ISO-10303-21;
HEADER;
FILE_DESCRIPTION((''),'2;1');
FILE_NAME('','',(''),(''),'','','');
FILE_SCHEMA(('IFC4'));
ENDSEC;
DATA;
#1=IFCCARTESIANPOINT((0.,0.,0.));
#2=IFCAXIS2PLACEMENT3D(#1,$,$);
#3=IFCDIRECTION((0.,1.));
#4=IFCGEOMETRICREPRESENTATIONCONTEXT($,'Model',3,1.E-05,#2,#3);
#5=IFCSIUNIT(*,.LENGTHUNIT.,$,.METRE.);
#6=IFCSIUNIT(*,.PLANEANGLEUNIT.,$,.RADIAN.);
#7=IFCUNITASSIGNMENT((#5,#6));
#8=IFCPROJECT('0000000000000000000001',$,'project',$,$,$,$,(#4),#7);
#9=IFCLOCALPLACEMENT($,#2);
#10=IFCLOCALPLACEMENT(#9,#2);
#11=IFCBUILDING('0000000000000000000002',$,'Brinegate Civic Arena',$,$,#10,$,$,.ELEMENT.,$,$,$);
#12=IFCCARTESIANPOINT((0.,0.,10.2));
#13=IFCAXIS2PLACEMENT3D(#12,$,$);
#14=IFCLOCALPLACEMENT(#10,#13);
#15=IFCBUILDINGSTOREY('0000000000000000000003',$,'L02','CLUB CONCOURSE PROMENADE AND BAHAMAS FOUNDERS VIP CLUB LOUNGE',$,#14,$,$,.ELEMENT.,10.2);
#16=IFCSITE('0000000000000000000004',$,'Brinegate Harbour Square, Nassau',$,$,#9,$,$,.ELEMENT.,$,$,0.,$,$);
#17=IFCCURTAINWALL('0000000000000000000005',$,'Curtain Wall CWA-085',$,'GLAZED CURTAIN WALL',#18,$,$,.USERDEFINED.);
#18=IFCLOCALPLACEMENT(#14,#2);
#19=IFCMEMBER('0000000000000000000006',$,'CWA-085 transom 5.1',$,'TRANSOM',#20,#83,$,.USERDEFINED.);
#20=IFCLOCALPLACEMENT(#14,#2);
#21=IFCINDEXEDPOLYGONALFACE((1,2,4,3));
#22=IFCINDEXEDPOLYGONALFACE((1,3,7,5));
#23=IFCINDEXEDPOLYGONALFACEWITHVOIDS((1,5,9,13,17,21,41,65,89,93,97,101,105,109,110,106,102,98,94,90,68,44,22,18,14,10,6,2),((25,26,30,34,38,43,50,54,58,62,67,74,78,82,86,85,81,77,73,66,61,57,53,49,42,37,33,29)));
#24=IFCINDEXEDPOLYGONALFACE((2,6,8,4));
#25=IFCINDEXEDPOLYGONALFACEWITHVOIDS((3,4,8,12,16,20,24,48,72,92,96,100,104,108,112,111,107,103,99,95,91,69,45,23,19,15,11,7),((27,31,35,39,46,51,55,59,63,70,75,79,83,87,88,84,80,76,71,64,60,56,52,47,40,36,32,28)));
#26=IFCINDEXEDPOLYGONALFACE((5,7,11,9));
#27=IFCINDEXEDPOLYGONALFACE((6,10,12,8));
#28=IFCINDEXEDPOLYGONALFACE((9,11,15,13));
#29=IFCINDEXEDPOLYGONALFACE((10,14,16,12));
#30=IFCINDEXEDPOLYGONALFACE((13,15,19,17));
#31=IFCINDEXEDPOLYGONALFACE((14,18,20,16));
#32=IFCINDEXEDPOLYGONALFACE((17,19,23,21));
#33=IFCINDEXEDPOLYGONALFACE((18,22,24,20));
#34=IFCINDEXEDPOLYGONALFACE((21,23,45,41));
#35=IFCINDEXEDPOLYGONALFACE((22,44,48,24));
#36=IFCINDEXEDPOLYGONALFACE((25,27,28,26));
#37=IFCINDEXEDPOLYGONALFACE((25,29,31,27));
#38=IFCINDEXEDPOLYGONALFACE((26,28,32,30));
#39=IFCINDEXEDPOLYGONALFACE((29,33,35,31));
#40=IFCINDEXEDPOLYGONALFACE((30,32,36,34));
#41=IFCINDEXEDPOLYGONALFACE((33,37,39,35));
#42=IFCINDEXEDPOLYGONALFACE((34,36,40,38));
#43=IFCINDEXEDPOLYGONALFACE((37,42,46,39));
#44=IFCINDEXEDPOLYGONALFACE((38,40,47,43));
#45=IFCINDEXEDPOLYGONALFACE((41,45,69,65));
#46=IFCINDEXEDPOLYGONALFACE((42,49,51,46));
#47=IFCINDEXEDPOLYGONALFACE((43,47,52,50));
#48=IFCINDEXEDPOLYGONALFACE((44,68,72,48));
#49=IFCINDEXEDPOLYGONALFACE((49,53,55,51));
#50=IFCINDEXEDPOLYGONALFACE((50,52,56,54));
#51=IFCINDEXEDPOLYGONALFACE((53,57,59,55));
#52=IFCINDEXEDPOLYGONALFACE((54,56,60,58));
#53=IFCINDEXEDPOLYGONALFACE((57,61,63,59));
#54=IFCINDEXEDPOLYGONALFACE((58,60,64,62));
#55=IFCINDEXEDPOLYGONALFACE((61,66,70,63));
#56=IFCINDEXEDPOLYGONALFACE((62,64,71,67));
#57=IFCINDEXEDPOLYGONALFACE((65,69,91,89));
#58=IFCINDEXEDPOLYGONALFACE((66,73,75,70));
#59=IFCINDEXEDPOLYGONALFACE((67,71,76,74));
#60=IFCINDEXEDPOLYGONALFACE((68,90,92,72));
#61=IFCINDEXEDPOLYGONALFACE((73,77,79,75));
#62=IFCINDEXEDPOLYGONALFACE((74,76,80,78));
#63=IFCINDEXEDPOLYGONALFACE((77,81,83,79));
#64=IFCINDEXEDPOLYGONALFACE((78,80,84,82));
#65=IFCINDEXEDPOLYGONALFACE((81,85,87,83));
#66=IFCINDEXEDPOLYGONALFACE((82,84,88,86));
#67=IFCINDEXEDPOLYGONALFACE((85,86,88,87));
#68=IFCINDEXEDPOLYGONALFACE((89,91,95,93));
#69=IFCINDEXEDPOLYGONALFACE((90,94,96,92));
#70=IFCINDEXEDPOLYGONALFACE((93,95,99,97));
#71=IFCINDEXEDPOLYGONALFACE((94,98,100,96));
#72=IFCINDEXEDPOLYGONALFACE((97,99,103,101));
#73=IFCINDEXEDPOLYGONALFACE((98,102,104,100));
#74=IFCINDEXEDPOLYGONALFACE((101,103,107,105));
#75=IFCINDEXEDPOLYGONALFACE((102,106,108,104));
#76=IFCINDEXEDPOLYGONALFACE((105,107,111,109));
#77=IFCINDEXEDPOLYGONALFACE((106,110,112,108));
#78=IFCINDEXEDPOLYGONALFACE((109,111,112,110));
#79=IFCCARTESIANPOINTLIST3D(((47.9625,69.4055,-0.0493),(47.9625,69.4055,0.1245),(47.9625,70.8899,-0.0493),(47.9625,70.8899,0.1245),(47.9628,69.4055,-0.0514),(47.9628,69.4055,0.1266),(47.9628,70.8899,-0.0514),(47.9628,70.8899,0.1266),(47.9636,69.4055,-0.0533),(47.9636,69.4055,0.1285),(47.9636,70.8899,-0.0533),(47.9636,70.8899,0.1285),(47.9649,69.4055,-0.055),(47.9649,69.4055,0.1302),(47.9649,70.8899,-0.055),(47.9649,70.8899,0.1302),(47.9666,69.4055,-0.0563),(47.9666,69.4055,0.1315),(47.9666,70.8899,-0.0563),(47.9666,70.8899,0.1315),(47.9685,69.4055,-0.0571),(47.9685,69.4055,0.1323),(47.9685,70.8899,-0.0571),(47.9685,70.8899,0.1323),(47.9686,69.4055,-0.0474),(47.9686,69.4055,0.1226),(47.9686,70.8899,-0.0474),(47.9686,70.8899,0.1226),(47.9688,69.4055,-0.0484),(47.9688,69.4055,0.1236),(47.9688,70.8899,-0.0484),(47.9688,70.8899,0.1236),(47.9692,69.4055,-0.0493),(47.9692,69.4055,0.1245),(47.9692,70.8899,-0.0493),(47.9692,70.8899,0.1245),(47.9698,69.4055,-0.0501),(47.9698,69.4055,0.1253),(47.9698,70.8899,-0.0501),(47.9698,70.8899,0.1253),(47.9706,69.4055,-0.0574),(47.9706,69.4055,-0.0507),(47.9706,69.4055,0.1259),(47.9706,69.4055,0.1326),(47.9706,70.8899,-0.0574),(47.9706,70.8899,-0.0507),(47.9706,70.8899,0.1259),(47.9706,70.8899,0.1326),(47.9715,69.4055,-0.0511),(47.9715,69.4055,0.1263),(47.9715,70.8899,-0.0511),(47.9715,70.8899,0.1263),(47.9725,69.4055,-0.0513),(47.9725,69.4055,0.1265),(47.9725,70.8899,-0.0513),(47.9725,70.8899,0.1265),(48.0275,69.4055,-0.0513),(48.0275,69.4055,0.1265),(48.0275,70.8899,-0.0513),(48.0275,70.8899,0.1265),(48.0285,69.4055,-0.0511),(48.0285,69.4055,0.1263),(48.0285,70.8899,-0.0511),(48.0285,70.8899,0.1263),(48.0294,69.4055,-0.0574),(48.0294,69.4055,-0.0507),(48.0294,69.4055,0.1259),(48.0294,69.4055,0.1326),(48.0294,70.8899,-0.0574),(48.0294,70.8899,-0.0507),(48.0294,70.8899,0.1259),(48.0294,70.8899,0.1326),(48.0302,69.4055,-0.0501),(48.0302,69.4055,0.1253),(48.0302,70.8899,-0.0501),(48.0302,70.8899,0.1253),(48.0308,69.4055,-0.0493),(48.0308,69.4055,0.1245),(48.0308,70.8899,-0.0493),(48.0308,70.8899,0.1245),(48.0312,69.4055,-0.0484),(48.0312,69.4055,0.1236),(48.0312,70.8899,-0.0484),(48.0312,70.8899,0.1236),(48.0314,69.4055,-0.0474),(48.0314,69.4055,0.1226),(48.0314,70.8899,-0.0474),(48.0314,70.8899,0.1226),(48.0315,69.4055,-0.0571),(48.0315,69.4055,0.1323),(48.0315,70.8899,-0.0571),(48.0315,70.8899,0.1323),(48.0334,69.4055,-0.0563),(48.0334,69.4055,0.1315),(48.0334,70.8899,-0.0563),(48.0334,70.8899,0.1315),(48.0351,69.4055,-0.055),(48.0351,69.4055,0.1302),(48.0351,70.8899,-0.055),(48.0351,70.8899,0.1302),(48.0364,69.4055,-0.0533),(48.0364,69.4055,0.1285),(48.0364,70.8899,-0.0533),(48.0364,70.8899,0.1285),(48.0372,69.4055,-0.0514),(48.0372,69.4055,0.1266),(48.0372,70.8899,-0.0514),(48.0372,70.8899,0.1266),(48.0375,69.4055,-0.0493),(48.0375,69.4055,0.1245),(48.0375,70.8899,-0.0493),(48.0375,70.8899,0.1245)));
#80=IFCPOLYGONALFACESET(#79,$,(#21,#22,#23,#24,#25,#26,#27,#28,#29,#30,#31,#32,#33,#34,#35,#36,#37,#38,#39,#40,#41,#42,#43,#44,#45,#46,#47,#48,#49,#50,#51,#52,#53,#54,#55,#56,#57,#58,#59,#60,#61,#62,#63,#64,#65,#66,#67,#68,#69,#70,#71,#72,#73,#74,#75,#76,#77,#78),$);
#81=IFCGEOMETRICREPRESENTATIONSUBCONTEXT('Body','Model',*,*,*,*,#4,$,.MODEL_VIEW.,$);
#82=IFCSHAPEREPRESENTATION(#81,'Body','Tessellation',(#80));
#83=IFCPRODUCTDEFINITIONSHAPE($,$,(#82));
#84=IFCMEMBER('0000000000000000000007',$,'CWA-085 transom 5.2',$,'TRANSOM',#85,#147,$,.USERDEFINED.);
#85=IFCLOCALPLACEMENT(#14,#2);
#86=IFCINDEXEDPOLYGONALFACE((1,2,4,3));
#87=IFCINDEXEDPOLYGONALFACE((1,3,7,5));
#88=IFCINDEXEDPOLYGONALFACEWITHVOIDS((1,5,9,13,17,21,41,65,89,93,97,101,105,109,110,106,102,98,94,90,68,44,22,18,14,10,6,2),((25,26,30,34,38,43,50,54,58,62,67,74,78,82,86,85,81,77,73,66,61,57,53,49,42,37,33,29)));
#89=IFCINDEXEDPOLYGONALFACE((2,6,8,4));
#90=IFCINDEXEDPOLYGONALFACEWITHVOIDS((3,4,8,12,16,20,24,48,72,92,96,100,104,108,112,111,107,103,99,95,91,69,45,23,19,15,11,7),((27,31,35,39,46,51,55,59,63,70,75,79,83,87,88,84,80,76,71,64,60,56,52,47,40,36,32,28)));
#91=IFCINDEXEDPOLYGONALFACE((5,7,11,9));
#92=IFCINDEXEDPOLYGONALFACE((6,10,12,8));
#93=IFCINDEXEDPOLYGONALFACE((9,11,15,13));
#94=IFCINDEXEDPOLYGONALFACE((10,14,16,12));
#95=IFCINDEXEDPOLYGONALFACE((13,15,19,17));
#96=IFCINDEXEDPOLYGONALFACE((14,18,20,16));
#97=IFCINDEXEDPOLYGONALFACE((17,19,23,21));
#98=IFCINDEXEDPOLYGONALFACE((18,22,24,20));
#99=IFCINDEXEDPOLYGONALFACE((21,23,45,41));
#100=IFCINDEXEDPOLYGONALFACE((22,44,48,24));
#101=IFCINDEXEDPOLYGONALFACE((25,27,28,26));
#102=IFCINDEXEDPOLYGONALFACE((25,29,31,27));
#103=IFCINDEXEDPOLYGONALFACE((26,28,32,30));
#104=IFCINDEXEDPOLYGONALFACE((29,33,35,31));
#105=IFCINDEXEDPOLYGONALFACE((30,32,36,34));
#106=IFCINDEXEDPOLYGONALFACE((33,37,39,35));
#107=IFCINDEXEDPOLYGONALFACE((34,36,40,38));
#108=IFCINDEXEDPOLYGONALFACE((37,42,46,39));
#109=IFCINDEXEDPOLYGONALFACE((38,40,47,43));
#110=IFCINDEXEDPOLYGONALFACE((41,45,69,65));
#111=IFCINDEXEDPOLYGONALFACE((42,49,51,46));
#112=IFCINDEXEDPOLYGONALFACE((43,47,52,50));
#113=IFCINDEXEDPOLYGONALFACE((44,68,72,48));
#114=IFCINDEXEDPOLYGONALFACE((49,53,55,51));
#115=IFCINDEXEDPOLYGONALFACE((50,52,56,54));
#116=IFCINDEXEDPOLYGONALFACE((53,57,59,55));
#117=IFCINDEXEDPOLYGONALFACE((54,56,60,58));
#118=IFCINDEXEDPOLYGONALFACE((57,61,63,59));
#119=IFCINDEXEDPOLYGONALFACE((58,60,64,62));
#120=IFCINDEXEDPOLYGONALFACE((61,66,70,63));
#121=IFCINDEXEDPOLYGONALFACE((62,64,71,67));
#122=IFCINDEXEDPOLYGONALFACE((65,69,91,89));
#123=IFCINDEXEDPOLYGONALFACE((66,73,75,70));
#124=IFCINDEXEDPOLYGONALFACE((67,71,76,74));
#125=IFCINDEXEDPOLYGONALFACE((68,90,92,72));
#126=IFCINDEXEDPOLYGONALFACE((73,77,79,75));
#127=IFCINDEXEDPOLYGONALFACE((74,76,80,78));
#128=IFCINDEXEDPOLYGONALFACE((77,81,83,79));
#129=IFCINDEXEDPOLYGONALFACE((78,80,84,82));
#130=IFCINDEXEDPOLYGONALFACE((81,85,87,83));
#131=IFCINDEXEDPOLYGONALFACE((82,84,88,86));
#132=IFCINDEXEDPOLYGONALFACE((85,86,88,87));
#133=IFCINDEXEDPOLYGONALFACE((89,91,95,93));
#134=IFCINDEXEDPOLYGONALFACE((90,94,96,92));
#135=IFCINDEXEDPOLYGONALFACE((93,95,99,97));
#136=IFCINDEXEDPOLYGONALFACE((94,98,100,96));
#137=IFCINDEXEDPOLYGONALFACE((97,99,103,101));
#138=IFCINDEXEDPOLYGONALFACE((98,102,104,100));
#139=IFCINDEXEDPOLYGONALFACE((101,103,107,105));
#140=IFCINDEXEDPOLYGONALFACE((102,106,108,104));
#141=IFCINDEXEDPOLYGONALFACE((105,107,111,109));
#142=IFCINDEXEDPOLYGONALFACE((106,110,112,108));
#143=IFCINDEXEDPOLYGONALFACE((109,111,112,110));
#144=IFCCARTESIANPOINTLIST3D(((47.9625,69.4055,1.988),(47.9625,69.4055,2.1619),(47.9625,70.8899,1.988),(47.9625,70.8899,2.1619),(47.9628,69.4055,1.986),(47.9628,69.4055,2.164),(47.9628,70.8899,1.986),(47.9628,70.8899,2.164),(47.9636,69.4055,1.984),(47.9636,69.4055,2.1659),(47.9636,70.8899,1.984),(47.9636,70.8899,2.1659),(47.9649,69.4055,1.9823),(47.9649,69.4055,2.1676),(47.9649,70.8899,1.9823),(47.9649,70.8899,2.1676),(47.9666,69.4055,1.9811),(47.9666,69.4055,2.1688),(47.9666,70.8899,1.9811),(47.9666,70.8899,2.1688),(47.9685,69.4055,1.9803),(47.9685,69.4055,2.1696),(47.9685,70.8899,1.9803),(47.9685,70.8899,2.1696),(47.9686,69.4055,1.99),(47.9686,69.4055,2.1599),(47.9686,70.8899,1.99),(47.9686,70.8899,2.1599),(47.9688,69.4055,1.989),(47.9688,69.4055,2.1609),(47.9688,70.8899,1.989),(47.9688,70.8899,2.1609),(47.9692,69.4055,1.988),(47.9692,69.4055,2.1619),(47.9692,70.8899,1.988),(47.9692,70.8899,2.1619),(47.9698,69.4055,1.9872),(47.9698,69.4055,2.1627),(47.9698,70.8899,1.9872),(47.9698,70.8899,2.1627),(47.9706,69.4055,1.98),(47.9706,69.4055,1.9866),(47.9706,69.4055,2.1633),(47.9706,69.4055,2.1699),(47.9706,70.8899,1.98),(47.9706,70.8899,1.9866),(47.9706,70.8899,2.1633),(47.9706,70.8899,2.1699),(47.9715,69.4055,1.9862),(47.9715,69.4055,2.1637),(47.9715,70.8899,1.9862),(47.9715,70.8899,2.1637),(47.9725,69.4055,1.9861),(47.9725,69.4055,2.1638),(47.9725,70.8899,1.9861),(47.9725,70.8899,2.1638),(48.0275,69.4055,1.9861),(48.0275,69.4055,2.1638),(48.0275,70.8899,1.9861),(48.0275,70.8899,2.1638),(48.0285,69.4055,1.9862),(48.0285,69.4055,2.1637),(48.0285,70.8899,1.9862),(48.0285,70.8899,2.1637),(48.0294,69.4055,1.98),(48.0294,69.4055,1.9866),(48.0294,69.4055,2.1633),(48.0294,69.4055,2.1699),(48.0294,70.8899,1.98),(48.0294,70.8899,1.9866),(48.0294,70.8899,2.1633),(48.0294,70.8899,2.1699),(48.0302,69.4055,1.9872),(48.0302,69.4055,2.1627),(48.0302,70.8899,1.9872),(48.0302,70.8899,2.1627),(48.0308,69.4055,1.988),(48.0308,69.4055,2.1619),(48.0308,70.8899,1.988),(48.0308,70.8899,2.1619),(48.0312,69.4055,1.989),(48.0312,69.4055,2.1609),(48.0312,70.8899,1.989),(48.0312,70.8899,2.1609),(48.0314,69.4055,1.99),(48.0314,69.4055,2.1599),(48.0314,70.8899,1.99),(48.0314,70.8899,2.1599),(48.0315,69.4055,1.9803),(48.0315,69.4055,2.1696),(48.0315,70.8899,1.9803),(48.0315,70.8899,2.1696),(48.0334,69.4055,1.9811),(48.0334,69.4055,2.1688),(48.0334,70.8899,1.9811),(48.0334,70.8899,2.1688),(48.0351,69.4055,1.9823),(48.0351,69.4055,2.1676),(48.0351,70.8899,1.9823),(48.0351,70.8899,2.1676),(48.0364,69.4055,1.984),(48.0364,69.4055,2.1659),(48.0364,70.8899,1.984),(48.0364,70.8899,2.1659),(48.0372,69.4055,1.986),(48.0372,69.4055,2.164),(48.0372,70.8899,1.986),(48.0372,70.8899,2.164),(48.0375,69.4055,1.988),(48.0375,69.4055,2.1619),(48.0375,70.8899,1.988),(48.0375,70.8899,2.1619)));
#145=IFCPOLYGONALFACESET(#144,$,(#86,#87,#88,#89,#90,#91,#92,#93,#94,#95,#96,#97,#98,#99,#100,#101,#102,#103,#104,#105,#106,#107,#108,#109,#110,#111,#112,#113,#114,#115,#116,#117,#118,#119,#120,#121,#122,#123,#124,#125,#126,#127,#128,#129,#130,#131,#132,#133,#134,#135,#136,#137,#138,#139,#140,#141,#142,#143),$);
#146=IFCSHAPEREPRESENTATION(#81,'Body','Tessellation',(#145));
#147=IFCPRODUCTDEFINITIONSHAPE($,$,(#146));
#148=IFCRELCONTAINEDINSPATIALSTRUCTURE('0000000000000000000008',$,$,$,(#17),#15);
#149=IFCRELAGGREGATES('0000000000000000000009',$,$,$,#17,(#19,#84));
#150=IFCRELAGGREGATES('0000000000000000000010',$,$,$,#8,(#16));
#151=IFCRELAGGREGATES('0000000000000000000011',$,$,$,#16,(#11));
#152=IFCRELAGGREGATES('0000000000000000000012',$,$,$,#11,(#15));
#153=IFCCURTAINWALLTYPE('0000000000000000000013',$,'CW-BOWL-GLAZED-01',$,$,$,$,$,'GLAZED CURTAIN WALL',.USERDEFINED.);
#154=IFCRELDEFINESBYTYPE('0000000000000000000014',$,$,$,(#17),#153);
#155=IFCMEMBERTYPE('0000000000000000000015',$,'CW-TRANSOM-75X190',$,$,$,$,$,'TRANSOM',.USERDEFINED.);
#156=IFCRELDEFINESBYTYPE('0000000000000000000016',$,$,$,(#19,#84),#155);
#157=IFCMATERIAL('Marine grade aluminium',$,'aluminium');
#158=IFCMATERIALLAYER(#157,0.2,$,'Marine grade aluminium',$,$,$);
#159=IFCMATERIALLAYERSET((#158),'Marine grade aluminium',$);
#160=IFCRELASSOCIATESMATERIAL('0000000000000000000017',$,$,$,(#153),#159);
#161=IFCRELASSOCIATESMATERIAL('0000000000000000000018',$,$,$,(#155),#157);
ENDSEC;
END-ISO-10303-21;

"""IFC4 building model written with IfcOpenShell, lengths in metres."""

from ifc_helpers import new_model, si_unit, direction, frame, origin, origin_2d, place, context, subcontext, project, spatial, hollow_rectangle, extrude, material, layer, layer_set, material_profile, profile_set, type_object, element, aggregate, save


model = new_model("IFC4")

# Units and contexts
model_context = context("Model", 3, precision=1e-05, world=origin(), true_north=direction((0.0, 1.0)))
body_context = subcontext(model_context, "Body", "Model", "MODEL_VIEW")
ifc_project = project(units=[si_unit("LENGTHUNIT", "METRE"), si_unit("PLANEANGLEUNIT", "RADIAN")], contexts=[model_context])

# Site, building, storey
site_placement = place(None, origin())
site = spatial("IfcSite", under=ifc_project, at=site_placement, Name="Brinegate Harbour Square, Nassau", CompositionType="ELEMENT", RefElevation=0.0)
building_placement = place(site_placement, origin())
building = spatial("IfcBuilding", under=site, at=building_placement, Name="Brinegate Civic Arena", CompositionType="ELEMENT")
storey_placement = place(building_placement, frame((0.0, 0.0, 10.2)))
storey = spatial("IfcBuildingStorey", under=building, at=storey_placement, Name="L02", Description="CLUB CONCOURSE PROMENADE AND BAHAMAS FOUNDERS VIP CLUB LOUNGE", CompositionType="ELEMENT", Elevation=10.2)

# Curtain wall
ifc_material_1 = material(Name="Marine grade aluminium", Category="aluminium")
ifc_layer_1 = layer(ifc_material_1, 0.2, Name="Marine grade aluminium")
ifc_layer_set_1 = layer_set([ifc_layer_1], Name="Marine grade aluminium")
curtain_wall_type = type_object("IfcCurtainWallType", Name="CW-BOWL-GLAZED-01", ElementType="GLAZED CURTAIN WALL", PredefinedType="USERDEFINED", material=ifc_layer_set_1)
curtain_wall_1_placement = place(storey_placement, origin())
curtain_wall_1 = element("IfcCurtainWall", 1, at=curtain_wall_1_placement, inside=storey, type_object=curtain_wall_type, Name="Curtain Wall CWA-085", ObjectType="GLAZED CURTAIN WALL", PredefinedType="USERDEFINED")

# Members
ifc_material_profile_1 = material_profile(ifc_material_1, hollow_rectangle(XDim=0.075, YDim=0.1899, WallThickness=0.0061, InnerFilletRadius=0.0039, OuterFilletRadius=0.0081, at=origin_2d()), Name="TRN75X190")
ifc_profile_set_1 = profile_set([ifc_material_profile_1], Name="Marine grade aluminium")
member_type_1 = type_object("IfcMemberType", Name="CW-TRANSOM-75X190", ElementType="TRANSOM", PredefinedType="USERDEFINED", material=ifc_profile_set_1)
member_1_placement = place(storey_placement, frame((48.0, 69.4055, 0.0376), z_axis=(0.0, 1.0, 0.0), x_axis=(-1.0, 0.0, 0.0)))
member_1 = element("IfcMember", 2, at=member_1_placement, type_object=member_type_1, Name="CWA-085 transom 5.1", ObjectType="TRANSOM", PredefinedType="USERDEFINED", context=body_context, shape_type="SweptSolid", body=[
    extrude(hollow_rectangle(XDim=0.075, YDim=0.1899, WallThickness=0.0061, InnerFilletRadius=0.0039, OuterFilletRadius=0.0081, at=origin_2d()), origin(), (0.0, 0.0, 1.0), 1.4844),
])
member_2_placement = place(storey_placement, frame((48.0, 69.4055, 2.075), z_axis=(0.0, 1.0, 0.0), x_axis=(-1.0, 0.0, 0.0)))
member_2 = element("IfcMember", 3, at=member_2_placement, type_object=member_type_1, Name="CWA-085 transom 5.2", ObjectType="TRANSOM", PredefinedType="USERDEFINED", context=body_context, shape_type="SweptSolid", body=[
    extrude(hollow_rectangle(XDim=0.075, YDim=0.1899, WallThickness=0.0061, InnerFilletRadius=0.0039, OuterFilletRadius=0.0081, at=origin_2d()), origin(), (0.0, 0.0, 1.0), 1.4844),
])

aggregate(curtain_wall_1, [member_1, member_2])

save(model, "model.ifc")
